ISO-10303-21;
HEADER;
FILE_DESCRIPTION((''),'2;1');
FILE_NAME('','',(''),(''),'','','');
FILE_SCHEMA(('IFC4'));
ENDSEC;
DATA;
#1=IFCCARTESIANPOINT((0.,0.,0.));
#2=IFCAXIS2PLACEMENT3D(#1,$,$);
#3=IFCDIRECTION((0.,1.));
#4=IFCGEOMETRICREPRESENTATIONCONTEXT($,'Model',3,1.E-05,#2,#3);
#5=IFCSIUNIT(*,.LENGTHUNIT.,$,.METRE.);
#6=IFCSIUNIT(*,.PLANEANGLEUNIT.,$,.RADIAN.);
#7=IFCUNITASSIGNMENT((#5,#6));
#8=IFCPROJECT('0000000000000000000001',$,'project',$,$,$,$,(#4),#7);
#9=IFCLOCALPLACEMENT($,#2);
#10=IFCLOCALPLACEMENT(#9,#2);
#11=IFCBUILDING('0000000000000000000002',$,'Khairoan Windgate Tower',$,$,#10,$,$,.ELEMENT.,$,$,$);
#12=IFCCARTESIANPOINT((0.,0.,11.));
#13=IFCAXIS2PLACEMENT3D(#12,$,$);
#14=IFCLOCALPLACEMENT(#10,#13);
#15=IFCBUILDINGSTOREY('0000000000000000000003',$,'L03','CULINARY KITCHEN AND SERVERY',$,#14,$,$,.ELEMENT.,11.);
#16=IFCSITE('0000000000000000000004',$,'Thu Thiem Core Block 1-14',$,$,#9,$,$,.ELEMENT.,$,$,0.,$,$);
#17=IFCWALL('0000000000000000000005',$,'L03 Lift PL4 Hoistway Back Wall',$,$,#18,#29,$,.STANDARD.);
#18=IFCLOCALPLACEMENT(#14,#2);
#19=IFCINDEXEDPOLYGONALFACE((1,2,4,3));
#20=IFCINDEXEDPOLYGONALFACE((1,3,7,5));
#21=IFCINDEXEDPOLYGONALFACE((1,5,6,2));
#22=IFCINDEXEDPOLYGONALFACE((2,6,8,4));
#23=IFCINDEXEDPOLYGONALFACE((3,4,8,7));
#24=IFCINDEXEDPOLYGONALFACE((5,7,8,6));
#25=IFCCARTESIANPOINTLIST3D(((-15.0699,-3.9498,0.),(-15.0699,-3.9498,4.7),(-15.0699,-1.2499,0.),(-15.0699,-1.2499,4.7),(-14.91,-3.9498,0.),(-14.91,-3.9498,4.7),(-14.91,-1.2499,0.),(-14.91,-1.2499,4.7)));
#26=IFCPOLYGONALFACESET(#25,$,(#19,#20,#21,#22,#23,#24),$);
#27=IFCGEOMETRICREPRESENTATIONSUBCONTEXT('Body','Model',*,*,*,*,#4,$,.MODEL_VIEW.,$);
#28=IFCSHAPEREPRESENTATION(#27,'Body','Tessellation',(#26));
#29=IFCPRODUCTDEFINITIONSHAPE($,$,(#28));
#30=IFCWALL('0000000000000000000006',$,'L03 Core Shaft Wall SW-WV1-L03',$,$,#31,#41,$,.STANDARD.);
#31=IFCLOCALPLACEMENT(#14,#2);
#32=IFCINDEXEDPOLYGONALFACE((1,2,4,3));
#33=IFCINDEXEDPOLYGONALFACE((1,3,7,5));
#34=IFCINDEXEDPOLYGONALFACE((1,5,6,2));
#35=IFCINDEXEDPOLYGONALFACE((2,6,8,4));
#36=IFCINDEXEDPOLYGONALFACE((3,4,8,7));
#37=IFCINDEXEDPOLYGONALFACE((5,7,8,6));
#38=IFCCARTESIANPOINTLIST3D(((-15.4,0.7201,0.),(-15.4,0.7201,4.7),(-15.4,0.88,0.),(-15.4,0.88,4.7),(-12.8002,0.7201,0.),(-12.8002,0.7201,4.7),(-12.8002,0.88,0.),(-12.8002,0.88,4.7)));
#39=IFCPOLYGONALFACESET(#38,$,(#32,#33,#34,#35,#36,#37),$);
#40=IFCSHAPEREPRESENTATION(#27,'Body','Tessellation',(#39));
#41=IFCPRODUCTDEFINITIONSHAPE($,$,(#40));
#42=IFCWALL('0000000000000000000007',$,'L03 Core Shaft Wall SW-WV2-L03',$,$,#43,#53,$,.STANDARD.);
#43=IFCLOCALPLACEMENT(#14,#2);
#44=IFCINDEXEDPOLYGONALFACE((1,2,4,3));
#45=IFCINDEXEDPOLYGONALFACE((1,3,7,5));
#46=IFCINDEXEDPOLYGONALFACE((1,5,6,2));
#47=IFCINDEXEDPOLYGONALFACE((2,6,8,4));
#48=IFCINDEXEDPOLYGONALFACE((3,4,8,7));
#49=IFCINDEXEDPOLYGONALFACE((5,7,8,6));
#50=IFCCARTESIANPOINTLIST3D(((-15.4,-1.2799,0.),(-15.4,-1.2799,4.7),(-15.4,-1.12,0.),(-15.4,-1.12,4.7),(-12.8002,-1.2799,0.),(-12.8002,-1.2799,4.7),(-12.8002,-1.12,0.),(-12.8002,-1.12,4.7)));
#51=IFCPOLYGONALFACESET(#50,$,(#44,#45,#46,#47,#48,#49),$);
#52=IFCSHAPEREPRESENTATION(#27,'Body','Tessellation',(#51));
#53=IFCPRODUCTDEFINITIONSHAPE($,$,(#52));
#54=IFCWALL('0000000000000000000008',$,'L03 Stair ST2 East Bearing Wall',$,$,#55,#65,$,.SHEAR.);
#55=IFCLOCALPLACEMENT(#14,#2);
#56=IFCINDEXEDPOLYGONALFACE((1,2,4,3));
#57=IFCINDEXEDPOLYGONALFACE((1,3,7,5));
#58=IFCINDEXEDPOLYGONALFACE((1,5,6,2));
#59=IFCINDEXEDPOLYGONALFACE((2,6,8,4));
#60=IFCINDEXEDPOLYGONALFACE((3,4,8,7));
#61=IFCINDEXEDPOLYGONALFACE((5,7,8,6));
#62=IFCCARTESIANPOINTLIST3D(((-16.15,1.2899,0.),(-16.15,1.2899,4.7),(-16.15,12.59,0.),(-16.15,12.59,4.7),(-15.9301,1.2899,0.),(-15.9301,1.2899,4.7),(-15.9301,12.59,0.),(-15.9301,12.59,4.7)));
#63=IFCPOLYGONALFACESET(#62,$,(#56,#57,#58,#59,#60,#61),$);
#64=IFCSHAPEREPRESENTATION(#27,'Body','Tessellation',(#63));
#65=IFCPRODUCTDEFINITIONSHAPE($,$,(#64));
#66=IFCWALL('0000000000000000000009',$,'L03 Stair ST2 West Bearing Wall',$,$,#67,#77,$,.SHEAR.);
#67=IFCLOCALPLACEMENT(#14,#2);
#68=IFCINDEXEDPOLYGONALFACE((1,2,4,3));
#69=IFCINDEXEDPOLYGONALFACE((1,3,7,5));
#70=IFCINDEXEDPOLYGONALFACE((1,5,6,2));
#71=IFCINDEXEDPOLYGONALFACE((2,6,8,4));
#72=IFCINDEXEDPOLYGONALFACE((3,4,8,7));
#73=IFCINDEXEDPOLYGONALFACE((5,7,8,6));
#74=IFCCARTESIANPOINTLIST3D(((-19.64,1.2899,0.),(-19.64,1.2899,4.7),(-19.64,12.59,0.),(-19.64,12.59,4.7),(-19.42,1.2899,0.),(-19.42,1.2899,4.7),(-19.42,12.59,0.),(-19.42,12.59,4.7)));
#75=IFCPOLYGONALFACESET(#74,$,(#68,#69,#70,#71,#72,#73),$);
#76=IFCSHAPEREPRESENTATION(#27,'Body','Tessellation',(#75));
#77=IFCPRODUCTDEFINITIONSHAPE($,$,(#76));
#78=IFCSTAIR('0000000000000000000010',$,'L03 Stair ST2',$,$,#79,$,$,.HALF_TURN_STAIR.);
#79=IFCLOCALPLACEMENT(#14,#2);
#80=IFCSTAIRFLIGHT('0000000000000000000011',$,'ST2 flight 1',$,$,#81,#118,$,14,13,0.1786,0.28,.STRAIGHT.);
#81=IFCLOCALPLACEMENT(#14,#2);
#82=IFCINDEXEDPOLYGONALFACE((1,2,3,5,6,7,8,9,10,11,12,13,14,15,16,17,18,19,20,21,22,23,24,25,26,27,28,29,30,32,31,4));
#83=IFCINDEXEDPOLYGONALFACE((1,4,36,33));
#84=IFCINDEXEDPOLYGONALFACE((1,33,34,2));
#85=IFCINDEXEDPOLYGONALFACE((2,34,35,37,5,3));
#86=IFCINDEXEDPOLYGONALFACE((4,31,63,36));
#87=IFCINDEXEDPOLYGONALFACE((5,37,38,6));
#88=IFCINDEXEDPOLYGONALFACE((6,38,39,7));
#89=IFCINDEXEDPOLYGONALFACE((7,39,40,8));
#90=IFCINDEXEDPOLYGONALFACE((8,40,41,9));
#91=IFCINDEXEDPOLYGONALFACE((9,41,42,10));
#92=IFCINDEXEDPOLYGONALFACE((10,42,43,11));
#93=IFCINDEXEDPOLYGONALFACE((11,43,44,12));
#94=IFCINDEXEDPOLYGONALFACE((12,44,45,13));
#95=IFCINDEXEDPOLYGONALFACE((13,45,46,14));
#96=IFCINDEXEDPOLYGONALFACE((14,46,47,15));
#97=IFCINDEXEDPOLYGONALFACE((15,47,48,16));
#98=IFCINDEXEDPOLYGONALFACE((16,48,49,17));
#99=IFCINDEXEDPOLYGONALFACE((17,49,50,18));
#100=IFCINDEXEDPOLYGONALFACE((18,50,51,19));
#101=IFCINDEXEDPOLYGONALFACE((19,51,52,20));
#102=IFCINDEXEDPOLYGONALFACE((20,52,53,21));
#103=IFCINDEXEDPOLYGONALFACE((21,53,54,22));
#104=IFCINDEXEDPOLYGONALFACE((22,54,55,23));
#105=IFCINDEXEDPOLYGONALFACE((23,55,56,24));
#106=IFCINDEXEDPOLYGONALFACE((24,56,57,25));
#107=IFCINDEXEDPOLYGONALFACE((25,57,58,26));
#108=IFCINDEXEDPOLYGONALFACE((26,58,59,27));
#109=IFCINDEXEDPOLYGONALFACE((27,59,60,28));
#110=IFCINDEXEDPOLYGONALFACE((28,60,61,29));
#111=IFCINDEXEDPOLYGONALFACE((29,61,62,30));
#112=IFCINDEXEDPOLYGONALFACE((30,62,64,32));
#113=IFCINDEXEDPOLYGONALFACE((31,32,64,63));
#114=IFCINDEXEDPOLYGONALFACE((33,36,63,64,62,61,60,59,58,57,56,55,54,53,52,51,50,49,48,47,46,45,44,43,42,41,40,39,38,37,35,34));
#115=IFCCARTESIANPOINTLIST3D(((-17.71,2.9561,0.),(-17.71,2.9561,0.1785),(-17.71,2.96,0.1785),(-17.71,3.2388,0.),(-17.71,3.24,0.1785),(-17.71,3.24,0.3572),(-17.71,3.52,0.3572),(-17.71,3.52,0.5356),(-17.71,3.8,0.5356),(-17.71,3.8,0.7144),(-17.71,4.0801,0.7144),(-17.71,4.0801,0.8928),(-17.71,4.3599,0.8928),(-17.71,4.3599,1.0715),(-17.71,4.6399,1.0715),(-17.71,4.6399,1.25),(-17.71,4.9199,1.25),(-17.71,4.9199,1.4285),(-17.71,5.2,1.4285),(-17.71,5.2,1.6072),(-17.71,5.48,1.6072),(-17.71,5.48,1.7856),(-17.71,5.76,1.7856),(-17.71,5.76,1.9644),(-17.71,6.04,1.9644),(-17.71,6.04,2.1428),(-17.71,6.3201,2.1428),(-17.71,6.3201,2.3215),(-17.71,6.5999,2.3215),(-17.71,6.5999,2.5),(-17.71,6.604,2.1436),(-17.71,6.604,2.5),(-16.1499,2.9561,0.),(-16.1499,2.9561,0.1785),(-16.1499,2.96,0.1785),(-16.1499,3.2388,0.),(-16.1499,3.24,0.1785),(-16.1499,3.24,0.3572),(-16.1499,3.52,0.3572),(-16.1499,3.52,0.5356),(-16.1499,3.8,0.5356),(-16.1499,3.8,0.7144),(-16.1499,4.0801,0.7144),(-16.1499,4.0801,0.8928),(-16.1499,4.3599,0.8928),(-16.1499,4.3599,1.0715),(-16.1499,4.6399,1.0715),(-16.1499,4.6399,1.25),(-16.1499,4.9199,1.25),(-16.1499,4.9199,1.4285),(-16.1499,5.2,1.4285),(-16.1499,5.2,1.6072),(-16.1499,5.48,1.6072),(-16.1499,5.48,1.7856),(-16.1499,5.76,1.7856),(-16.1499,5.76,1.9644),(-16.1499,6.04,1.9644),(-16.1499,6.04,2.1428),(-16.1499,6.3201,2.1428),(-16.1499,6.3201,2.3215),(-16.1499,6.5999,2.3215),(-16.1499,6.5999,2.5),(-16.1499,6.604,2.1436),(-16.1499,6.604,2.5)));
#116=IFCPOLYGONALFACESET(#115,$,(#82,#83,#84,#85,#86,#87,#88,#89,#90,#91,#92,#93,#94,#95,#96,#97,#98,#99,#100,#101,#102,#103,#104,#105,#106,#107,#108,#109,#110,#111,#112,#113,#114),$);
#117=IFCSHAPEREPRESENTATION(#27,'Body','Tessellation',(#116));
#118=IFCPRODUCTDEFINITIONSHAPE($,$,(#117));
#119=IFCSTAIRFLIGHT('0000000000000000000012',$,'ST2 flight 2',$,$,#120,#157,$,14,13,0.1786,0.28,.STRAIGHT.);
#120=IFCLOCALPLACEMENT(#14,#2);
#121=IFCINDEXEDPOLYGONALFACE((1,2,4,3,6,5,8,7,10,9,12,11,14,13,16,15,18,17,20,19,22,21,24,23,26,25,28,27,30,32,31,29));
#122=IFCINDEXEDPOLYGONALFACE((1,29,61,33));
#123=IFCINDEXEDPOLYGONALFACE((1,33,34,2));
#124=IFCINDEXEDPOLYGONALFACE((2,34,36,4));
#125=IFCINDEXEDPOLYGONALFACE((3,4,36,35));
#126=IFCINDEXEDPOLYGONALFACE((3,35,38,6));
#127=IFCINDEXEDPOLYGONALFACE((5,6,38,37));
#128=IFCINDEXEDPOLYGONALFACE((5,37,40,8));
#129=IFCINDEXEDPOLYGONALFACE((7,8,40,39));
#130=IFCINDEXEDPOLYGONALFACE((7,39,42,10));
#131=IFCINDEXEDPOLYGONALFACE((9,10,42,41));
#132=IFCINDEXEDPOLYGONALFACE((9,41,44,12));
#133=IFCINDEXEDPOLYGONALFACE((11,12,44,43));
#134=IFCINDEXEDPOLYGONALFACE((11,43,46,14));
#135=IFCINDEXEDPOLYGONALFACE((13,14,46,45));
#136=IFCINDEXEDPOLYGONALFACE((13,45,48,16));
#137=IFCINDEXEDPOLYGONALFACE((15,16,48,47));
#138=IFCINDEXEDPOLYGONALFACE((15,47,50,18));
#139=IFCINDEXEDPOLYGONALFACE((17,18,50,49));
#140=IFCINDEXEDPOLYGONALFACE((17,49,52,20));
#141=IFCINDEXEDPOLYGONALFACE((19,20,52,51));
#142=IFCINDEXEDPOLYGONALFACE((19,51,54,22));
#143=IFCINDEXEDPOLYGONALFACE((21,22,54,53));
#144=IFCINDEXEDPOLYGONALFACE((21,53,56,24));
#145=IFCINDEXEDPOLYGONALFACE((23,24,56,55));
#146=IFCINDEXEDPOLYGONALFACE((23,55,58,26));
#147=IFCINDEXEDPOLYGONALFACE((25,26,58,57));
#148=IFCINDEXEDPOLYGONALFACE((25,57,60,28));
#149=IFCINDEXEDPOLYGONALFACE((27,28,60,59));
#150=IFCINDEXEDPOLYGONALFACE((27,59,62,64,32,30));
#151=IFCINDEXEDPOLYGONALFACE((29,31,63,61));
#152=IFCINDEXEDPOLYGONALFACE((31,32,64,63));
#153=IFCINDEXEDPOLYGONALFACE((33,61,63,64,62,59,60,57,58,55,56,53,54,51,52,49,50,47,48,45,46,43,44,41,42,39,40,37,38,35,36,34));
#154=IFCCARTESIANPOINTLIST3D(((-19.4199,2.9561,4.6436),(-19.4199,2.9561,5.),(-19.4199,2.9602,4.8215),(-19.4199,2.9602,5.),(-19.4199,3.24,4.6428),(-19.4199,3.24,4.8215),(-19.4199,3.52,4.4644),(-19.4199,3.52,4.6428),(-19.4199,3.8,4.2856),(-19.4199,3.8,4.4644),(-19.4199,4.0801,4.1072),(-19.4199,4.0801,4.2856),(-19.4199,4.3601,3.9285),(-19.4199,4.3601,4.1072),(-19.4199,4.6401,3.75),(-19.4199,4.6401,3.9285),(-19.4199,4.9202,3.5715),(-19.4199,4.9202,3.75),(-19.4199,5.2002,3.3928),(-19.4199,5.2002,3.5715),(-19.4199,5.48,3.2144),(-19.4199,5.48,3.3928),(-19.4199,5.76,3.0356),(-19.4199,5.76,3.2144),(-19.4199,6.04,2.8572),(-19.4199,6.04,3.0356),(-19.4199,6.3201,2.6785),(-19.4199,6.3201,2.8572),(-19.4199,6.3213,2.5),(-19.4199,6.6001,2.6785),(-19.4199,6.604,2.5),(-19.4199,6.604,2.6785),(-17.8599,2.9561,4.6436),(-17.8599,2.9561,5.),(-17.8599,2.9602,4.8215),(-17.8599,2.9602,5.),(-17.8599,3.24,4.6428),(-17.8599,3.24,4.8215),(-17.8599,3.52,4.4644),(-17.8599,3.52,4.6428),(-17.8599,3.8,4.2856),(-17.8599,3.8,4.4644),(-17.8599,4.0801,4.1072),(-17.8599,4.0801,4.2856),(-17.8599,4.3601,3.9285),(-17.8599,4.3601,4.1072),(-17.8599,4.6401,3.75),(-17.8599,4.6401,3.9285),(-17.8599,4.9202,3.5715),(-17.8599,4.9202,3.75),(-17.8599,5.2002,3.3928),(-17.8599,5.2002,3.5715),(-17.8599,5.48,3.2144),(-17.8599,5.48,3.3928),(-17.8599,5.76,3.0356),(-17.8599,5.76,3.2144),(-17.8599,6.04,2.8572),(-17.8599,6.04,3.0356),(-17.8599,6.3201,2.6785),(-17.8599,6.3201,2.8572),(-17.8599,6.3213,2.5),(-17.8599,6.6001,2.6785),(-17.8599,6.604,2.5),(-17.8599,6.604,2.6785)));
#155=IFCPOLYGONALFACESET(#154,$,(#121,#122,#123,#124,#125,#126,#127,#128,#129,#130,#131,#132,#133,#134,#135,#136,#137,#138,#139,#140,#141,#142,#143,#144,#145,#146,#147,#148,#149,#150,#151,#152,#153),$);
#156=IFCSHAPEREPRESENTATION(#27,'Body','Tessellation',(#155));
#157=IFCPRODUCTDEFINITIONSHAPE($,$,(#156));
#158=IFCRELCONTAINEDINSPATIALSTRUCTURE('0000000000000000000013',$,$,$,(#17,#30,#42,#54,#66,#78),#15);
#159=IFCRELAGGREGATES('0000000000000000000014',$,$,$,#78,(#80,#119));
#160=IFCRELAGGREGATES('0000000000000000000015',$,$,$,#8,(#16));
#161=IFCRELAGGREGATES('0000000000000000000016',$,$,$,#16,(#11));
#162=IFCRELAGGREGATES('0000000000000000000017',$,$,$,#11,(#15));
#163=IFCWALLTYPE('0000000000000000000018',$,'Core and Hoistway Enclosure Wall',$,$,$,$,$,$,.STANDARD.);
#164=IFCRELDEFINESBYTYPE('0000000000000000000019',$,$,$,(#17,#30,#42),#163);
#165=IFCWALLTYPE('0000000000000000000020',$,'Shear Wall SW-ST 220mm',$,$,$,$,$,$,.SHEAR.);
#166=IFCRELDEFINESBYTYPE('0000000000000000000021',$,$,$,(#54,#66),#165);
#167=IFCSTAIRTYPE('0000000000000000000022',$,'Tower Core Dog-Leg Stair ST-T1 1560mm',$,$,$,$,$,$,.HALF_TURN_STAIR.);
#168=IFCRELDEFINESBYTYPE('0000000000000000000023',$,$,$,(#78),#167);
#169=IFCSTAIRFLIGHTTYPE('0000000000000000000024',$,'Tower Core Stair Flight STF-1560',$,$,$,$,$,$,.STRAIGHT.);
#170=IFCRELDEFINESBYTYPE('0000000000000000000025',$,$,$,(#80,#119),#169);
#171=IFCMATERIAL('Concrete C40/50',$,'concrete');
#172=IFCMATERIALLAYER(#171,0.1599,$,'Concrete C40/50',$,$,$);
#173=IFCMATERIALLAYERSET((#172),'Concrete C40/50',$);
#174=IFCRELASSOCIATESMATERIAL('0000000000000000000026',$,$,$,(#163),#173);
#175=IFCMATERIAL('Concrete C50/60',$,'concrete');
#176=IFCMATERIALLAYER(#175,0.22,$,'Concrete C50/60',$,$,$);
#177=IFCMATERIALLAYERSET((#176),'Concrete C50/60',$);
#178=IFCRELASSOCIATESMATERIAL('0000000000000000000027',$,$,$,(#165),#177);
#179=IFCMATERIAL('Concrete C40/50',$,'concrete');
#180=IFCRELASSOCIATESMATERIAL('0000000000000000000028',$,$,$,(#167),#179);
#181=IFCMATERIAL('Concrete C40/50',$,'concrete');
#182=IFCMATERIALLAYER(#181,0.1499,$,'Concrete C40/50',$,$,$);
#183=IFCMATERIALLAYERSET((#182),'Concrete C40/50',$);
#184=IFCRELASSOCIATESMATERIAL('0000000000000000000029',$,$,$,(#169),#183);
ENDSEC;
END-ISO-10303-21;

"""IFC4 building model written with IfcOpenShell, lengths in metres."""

from ifc_helpers import new_model, si_unit, direction, frame, frame_2d, origin, place, context, subcontext, project, spatial, polyline, rectangle, outline, extrude, material, layer, layer_set, type_object, element, aggregate, save


model = new_model("IFC4")

# Units and contexts
model_context = context("Model", 3, precision=1e-05, world=origin(), true_north=direction((0.0, 1.0)))
body_context = subcontext(model_context, "Body", "Model", "MODEL_VIEW")
ifc_project = project(units=[si_unit("LENGTHUNIT", "METRE"), si_unit("PLANEANGLEUNIT", "RADIAN")], contexts=[model_context])

# Site, building, storey
site_placement = place(None, origin())
site = spatial("IfcSite", under=ifc_project, at=site_placement, Name="Thu Thiem Core Block 1-14", CompositionType="ELEMENT", RefElevation=0.0)
building_placement = place(site_placement, origin())
building = spatial("IfcBuilding", under=site, at=building_placement, Name="Khairoan Windgate Tower", CompositionType="ELEMENT")
storey_placement = place(building_placement, frame((0.0, 0.0, 11.0)))
storey = spatial("IfcBuildingStorey", under=building, at=storey_placement, Name="L03", Description="CULINARY KITCHEN AND SERVERY", CompositionType="ELEMENT", Elevation=11.0)

# Walls
ifc_material_1 = material(Name="Concrete C40/50", Category="concrete")
ifc_layer_1 = layer(ifc_material_1, 0.1599, Name="Concrete C40/50")
ifc_layer_set_1 = layer_set([ifc_layer_1], Name="Concrete C40/50")
wall_type_1 = type_object("IfcWallType", Name="Core and Hoistway Enclosure Wall", PredefinedType="STANDARD", material=ifc_layer_set_1)
wall_1_placement = place(storey_placement, frame((-14.99, -3.95, 0.0), z_axis=(0.0, 0.0, 1.0), x_axis=(0.0, 1.0, 0.0)))
element("IfcWall", 1, at=wall_1_placement, inside=storey, type_object=wall_type_1, Name="L03 Lift PL4 Hoistway Back Wall", PredefinedType="STANDARD", context=body_context, shape_type="SweptSolid", body=[
    extrude(rectangle(XDim=2.7, YDim=0.1599, at=frame_2d((1.3501, 0.0))), origin(), (0.0, 0.0, 1.0), 4.7),
])
for number, where, z_axis, x_axis, name in (
    (2, (-15.3999, 0.8, 0.0), (0.0, 0.0, 1.0), (1.0, 0.0, 0.0), "L03 Core Shaft Wall SW-WV1-L03"),
    (3, (-15.3999, -1.2, 0.0), (0.0, 0.0, 1.0), (1.0, 0.0, 0.0), "L03 Core Shaft Wall SW-WV2-L03"),
):
    element("IfcWall", number, at=place(storey_placement, frame(where, z_axis=z_axis, x_axis=x_axis)), inside=storey, type_object=wall_type_1, Name=name, PredefinedType="STANDARD", context=body_context, shape_type="SweptSolid", body=[
        extrude(rectangle(XDim=2.5999, YDim=0.1599, at=frame_2d((1.2998, 0.0))), origin(), (0.0, 0.0, 1.0), 4.7),
    ])
ifc_material_2 = material(Name="Concrete C50/60", Category="concrete")
ifc_layer_2 = layer(ifc_material_2, 0.22, Name="Concrete C50/60")
ifc_layer_set_2 = layer_set([ifc_layer_2], Name="Concrete C50/60")
wall_type_2 = type_object("IfcWallType", Name="Shear Wall SW-ST 220mm", PredefinedType="SHEAR", material=ifc_layer_set_2)
for number, where, z_axis, x_axis, name in (
    (4, (-16.04, 1.29, 0.0), (0.0, 0.0, 1.0), (0.0, 1.0, 0.0), "L03 Stair ST2 East Bearing Wall"),
    (5, (-19.53, 1.29, 0.0), (0.0, 0.0, 1.0), (0.0, 1.0, 0.0), "L03 Stair ST2 West Bearing Wall"),
):
    element("IfcWall", number, at=place(storey_placement, frame(where, z_axis=z_axis, x_axis=x_axis)), inside=storey, type_object=wall_type_2, Name=name, PredefinedType="SHEAR", context=body_context, shape_type="SweptSolid", body=[
        extrude(rectangle(XDim=11.3, YDim=0.22, at=frame_2d((5.6499, 0.0))), origin(), (0.0, 0.0, 1.0), 4.7),
    ])

# Stair, stair flights
ifc_material_3 = material(Name="Concrete C40/50", Category="concrete")
stair_type = type_object("IfcStairType", Name="Tower Core Dog-Leg Stair ST-T1 1560mm", PredefinedType="HALF_TURN_STAIR", material=ifc_material_3)
stair_placement = place(storey_placement, origin())
stair = element("IfcStair", 6, at=stair_placement, inside=storey, type_object=stair_type, Name="L03 Stair ST2", PredefinedType="HALF_TURN_STAIR")
ifc_material_4 = material(Name="Concrete C40/50", Category="concrete")
ifc_layer_3 = layer(ifc_material_4, 0.1499, Name="Concrete C40/50")
ifc_layer_set_3 = layer_set([ifc_layer_3], Name="Concrete C40/50")
stair_flight_type = type_object("IfcStairFlightType", Name="Tower Core Stair Flight STF-1560", PredefinedType="STRAIGHT", material=ifc_layer_set_3)
stair_flight_1_placement = place(storey_placement, frame((-16.9299, 2.96, 0.0), z_axis=(0.0, 0.0, 1.0), x_axis=(0.0, 1.0, 0.0)))
stair_flight_1 = element("IfcStairFlight", 7, at=stair_flight_1_placement, type_object=stair_flight_type, Name="ST2 flight 1", NumberOfRisers=14, NumberOfTreads=13, PredefinedType="STRAIGHT", RiserHeight=0.1786, TreadLength=0.28, context=body_context, shape_type="SweptSolid", body=[
    extrude(outline(polyline([(-0.0039, 0.0), (-0.0039, 0.1785), (0.0, 0.1785), (0.28, 0.1785), (0.28, 0.3572), (0.5601, 0.3572), (0.5601, 0.5356), (0.8401, 0.5356), (0.8401, 0.7144), (1.1201, 0.7144), (1.1201, 0.8928), (1.3999, 0.8928), (1.3999, 1.0715), (1.6799, 1.0715), (1.6799, 1.25), (1.96, 1.25), (1.96, 1.4285), (2.24, 1.4285), (2.24, 1.6072), (2.52, 1.6072), (2.52, 1.7856), (2.8, 1.7856), (2.8, 1.9644), (3.0801, 1.9644), (3.0801, 2.1428), (3.3601, 2.1428), (3.3601, 2.3215), (3.6399, 2.3215), (3.6399, 2.5), (3.644, 2.5), (3.644, 2.1436), (0.2788, 0.0), (-0.0039, 0.0)])), frame((0.0, 0.78, 0.0), z_axis=(0.0, -1.0, 0.0), x_axis=(1.0, 0.0, 0.0)), (0.0, 0.0, 1.0), 1.5601),
])
stair_flight_2_placement = place(storey_placement, frame((-18.6399, 6.6001, 2.5), z_axis=(0.0, 0.0, 1.0), x_axis=(0.0, -1.0, 0.0)))
stair_flight_2 = element("IfcStairFlight", 8, at=stair_flight_2_placement, type_object=stair_flight_type, Name="ST2 flight 2", NumberOfRisers=14, NumberOfTreads=13, PredefinedType="STRAIGHT", RiserHeight=0.1786, TreadLength=0.28, context=body_context, shape_type="SweptSolid", body=[
    extrude(outline(polyline([(-0.0039, 0.0), (-0.0039, 0.1785), (0.0, 0.1785), (0.28, 0.1785), (0.28, 0.3572), (0.5601, 0.3572), (0.5601, 0.5356), (0.8401, 0.5356), (0.8401, 0.7144), (1.1201, 0.7144), (1.1201, 0.8928), (1.3999, 0.8928), (1.3999, 1.0715), (1.6799, 1.0715), (1.6799, 1.25), (1.96, 1.25), (1.96, 1.4285), (2.24, 1.4285), (2.24, 1.6072), (2.52, 1.6072), (2.52, 1.7856), (2.8, 1.7856), (2.8, 1.9644), (3.0801, 1.9644), (3.0801, 2.1428), (3.3601, 2.1428), (3.3601, 2.3215), (3.6399, 2.3215), (3.6399, 2.5), (3.644, 2.5), (3.644, 2.1436), (0.2788, 0.0), (-0.0039, 0.0)])), frame((0.0, 0.78, 0.0), z_axis=(0.0, -1.0, 0.0), x_axis=(1.0, 0.0, 0.0)), (0.0, 0.0, 1.0), 1.5601),
])
aggregate(stair, [stair_flight_1, stair_flight_2])

save(model, "model.ifc")
